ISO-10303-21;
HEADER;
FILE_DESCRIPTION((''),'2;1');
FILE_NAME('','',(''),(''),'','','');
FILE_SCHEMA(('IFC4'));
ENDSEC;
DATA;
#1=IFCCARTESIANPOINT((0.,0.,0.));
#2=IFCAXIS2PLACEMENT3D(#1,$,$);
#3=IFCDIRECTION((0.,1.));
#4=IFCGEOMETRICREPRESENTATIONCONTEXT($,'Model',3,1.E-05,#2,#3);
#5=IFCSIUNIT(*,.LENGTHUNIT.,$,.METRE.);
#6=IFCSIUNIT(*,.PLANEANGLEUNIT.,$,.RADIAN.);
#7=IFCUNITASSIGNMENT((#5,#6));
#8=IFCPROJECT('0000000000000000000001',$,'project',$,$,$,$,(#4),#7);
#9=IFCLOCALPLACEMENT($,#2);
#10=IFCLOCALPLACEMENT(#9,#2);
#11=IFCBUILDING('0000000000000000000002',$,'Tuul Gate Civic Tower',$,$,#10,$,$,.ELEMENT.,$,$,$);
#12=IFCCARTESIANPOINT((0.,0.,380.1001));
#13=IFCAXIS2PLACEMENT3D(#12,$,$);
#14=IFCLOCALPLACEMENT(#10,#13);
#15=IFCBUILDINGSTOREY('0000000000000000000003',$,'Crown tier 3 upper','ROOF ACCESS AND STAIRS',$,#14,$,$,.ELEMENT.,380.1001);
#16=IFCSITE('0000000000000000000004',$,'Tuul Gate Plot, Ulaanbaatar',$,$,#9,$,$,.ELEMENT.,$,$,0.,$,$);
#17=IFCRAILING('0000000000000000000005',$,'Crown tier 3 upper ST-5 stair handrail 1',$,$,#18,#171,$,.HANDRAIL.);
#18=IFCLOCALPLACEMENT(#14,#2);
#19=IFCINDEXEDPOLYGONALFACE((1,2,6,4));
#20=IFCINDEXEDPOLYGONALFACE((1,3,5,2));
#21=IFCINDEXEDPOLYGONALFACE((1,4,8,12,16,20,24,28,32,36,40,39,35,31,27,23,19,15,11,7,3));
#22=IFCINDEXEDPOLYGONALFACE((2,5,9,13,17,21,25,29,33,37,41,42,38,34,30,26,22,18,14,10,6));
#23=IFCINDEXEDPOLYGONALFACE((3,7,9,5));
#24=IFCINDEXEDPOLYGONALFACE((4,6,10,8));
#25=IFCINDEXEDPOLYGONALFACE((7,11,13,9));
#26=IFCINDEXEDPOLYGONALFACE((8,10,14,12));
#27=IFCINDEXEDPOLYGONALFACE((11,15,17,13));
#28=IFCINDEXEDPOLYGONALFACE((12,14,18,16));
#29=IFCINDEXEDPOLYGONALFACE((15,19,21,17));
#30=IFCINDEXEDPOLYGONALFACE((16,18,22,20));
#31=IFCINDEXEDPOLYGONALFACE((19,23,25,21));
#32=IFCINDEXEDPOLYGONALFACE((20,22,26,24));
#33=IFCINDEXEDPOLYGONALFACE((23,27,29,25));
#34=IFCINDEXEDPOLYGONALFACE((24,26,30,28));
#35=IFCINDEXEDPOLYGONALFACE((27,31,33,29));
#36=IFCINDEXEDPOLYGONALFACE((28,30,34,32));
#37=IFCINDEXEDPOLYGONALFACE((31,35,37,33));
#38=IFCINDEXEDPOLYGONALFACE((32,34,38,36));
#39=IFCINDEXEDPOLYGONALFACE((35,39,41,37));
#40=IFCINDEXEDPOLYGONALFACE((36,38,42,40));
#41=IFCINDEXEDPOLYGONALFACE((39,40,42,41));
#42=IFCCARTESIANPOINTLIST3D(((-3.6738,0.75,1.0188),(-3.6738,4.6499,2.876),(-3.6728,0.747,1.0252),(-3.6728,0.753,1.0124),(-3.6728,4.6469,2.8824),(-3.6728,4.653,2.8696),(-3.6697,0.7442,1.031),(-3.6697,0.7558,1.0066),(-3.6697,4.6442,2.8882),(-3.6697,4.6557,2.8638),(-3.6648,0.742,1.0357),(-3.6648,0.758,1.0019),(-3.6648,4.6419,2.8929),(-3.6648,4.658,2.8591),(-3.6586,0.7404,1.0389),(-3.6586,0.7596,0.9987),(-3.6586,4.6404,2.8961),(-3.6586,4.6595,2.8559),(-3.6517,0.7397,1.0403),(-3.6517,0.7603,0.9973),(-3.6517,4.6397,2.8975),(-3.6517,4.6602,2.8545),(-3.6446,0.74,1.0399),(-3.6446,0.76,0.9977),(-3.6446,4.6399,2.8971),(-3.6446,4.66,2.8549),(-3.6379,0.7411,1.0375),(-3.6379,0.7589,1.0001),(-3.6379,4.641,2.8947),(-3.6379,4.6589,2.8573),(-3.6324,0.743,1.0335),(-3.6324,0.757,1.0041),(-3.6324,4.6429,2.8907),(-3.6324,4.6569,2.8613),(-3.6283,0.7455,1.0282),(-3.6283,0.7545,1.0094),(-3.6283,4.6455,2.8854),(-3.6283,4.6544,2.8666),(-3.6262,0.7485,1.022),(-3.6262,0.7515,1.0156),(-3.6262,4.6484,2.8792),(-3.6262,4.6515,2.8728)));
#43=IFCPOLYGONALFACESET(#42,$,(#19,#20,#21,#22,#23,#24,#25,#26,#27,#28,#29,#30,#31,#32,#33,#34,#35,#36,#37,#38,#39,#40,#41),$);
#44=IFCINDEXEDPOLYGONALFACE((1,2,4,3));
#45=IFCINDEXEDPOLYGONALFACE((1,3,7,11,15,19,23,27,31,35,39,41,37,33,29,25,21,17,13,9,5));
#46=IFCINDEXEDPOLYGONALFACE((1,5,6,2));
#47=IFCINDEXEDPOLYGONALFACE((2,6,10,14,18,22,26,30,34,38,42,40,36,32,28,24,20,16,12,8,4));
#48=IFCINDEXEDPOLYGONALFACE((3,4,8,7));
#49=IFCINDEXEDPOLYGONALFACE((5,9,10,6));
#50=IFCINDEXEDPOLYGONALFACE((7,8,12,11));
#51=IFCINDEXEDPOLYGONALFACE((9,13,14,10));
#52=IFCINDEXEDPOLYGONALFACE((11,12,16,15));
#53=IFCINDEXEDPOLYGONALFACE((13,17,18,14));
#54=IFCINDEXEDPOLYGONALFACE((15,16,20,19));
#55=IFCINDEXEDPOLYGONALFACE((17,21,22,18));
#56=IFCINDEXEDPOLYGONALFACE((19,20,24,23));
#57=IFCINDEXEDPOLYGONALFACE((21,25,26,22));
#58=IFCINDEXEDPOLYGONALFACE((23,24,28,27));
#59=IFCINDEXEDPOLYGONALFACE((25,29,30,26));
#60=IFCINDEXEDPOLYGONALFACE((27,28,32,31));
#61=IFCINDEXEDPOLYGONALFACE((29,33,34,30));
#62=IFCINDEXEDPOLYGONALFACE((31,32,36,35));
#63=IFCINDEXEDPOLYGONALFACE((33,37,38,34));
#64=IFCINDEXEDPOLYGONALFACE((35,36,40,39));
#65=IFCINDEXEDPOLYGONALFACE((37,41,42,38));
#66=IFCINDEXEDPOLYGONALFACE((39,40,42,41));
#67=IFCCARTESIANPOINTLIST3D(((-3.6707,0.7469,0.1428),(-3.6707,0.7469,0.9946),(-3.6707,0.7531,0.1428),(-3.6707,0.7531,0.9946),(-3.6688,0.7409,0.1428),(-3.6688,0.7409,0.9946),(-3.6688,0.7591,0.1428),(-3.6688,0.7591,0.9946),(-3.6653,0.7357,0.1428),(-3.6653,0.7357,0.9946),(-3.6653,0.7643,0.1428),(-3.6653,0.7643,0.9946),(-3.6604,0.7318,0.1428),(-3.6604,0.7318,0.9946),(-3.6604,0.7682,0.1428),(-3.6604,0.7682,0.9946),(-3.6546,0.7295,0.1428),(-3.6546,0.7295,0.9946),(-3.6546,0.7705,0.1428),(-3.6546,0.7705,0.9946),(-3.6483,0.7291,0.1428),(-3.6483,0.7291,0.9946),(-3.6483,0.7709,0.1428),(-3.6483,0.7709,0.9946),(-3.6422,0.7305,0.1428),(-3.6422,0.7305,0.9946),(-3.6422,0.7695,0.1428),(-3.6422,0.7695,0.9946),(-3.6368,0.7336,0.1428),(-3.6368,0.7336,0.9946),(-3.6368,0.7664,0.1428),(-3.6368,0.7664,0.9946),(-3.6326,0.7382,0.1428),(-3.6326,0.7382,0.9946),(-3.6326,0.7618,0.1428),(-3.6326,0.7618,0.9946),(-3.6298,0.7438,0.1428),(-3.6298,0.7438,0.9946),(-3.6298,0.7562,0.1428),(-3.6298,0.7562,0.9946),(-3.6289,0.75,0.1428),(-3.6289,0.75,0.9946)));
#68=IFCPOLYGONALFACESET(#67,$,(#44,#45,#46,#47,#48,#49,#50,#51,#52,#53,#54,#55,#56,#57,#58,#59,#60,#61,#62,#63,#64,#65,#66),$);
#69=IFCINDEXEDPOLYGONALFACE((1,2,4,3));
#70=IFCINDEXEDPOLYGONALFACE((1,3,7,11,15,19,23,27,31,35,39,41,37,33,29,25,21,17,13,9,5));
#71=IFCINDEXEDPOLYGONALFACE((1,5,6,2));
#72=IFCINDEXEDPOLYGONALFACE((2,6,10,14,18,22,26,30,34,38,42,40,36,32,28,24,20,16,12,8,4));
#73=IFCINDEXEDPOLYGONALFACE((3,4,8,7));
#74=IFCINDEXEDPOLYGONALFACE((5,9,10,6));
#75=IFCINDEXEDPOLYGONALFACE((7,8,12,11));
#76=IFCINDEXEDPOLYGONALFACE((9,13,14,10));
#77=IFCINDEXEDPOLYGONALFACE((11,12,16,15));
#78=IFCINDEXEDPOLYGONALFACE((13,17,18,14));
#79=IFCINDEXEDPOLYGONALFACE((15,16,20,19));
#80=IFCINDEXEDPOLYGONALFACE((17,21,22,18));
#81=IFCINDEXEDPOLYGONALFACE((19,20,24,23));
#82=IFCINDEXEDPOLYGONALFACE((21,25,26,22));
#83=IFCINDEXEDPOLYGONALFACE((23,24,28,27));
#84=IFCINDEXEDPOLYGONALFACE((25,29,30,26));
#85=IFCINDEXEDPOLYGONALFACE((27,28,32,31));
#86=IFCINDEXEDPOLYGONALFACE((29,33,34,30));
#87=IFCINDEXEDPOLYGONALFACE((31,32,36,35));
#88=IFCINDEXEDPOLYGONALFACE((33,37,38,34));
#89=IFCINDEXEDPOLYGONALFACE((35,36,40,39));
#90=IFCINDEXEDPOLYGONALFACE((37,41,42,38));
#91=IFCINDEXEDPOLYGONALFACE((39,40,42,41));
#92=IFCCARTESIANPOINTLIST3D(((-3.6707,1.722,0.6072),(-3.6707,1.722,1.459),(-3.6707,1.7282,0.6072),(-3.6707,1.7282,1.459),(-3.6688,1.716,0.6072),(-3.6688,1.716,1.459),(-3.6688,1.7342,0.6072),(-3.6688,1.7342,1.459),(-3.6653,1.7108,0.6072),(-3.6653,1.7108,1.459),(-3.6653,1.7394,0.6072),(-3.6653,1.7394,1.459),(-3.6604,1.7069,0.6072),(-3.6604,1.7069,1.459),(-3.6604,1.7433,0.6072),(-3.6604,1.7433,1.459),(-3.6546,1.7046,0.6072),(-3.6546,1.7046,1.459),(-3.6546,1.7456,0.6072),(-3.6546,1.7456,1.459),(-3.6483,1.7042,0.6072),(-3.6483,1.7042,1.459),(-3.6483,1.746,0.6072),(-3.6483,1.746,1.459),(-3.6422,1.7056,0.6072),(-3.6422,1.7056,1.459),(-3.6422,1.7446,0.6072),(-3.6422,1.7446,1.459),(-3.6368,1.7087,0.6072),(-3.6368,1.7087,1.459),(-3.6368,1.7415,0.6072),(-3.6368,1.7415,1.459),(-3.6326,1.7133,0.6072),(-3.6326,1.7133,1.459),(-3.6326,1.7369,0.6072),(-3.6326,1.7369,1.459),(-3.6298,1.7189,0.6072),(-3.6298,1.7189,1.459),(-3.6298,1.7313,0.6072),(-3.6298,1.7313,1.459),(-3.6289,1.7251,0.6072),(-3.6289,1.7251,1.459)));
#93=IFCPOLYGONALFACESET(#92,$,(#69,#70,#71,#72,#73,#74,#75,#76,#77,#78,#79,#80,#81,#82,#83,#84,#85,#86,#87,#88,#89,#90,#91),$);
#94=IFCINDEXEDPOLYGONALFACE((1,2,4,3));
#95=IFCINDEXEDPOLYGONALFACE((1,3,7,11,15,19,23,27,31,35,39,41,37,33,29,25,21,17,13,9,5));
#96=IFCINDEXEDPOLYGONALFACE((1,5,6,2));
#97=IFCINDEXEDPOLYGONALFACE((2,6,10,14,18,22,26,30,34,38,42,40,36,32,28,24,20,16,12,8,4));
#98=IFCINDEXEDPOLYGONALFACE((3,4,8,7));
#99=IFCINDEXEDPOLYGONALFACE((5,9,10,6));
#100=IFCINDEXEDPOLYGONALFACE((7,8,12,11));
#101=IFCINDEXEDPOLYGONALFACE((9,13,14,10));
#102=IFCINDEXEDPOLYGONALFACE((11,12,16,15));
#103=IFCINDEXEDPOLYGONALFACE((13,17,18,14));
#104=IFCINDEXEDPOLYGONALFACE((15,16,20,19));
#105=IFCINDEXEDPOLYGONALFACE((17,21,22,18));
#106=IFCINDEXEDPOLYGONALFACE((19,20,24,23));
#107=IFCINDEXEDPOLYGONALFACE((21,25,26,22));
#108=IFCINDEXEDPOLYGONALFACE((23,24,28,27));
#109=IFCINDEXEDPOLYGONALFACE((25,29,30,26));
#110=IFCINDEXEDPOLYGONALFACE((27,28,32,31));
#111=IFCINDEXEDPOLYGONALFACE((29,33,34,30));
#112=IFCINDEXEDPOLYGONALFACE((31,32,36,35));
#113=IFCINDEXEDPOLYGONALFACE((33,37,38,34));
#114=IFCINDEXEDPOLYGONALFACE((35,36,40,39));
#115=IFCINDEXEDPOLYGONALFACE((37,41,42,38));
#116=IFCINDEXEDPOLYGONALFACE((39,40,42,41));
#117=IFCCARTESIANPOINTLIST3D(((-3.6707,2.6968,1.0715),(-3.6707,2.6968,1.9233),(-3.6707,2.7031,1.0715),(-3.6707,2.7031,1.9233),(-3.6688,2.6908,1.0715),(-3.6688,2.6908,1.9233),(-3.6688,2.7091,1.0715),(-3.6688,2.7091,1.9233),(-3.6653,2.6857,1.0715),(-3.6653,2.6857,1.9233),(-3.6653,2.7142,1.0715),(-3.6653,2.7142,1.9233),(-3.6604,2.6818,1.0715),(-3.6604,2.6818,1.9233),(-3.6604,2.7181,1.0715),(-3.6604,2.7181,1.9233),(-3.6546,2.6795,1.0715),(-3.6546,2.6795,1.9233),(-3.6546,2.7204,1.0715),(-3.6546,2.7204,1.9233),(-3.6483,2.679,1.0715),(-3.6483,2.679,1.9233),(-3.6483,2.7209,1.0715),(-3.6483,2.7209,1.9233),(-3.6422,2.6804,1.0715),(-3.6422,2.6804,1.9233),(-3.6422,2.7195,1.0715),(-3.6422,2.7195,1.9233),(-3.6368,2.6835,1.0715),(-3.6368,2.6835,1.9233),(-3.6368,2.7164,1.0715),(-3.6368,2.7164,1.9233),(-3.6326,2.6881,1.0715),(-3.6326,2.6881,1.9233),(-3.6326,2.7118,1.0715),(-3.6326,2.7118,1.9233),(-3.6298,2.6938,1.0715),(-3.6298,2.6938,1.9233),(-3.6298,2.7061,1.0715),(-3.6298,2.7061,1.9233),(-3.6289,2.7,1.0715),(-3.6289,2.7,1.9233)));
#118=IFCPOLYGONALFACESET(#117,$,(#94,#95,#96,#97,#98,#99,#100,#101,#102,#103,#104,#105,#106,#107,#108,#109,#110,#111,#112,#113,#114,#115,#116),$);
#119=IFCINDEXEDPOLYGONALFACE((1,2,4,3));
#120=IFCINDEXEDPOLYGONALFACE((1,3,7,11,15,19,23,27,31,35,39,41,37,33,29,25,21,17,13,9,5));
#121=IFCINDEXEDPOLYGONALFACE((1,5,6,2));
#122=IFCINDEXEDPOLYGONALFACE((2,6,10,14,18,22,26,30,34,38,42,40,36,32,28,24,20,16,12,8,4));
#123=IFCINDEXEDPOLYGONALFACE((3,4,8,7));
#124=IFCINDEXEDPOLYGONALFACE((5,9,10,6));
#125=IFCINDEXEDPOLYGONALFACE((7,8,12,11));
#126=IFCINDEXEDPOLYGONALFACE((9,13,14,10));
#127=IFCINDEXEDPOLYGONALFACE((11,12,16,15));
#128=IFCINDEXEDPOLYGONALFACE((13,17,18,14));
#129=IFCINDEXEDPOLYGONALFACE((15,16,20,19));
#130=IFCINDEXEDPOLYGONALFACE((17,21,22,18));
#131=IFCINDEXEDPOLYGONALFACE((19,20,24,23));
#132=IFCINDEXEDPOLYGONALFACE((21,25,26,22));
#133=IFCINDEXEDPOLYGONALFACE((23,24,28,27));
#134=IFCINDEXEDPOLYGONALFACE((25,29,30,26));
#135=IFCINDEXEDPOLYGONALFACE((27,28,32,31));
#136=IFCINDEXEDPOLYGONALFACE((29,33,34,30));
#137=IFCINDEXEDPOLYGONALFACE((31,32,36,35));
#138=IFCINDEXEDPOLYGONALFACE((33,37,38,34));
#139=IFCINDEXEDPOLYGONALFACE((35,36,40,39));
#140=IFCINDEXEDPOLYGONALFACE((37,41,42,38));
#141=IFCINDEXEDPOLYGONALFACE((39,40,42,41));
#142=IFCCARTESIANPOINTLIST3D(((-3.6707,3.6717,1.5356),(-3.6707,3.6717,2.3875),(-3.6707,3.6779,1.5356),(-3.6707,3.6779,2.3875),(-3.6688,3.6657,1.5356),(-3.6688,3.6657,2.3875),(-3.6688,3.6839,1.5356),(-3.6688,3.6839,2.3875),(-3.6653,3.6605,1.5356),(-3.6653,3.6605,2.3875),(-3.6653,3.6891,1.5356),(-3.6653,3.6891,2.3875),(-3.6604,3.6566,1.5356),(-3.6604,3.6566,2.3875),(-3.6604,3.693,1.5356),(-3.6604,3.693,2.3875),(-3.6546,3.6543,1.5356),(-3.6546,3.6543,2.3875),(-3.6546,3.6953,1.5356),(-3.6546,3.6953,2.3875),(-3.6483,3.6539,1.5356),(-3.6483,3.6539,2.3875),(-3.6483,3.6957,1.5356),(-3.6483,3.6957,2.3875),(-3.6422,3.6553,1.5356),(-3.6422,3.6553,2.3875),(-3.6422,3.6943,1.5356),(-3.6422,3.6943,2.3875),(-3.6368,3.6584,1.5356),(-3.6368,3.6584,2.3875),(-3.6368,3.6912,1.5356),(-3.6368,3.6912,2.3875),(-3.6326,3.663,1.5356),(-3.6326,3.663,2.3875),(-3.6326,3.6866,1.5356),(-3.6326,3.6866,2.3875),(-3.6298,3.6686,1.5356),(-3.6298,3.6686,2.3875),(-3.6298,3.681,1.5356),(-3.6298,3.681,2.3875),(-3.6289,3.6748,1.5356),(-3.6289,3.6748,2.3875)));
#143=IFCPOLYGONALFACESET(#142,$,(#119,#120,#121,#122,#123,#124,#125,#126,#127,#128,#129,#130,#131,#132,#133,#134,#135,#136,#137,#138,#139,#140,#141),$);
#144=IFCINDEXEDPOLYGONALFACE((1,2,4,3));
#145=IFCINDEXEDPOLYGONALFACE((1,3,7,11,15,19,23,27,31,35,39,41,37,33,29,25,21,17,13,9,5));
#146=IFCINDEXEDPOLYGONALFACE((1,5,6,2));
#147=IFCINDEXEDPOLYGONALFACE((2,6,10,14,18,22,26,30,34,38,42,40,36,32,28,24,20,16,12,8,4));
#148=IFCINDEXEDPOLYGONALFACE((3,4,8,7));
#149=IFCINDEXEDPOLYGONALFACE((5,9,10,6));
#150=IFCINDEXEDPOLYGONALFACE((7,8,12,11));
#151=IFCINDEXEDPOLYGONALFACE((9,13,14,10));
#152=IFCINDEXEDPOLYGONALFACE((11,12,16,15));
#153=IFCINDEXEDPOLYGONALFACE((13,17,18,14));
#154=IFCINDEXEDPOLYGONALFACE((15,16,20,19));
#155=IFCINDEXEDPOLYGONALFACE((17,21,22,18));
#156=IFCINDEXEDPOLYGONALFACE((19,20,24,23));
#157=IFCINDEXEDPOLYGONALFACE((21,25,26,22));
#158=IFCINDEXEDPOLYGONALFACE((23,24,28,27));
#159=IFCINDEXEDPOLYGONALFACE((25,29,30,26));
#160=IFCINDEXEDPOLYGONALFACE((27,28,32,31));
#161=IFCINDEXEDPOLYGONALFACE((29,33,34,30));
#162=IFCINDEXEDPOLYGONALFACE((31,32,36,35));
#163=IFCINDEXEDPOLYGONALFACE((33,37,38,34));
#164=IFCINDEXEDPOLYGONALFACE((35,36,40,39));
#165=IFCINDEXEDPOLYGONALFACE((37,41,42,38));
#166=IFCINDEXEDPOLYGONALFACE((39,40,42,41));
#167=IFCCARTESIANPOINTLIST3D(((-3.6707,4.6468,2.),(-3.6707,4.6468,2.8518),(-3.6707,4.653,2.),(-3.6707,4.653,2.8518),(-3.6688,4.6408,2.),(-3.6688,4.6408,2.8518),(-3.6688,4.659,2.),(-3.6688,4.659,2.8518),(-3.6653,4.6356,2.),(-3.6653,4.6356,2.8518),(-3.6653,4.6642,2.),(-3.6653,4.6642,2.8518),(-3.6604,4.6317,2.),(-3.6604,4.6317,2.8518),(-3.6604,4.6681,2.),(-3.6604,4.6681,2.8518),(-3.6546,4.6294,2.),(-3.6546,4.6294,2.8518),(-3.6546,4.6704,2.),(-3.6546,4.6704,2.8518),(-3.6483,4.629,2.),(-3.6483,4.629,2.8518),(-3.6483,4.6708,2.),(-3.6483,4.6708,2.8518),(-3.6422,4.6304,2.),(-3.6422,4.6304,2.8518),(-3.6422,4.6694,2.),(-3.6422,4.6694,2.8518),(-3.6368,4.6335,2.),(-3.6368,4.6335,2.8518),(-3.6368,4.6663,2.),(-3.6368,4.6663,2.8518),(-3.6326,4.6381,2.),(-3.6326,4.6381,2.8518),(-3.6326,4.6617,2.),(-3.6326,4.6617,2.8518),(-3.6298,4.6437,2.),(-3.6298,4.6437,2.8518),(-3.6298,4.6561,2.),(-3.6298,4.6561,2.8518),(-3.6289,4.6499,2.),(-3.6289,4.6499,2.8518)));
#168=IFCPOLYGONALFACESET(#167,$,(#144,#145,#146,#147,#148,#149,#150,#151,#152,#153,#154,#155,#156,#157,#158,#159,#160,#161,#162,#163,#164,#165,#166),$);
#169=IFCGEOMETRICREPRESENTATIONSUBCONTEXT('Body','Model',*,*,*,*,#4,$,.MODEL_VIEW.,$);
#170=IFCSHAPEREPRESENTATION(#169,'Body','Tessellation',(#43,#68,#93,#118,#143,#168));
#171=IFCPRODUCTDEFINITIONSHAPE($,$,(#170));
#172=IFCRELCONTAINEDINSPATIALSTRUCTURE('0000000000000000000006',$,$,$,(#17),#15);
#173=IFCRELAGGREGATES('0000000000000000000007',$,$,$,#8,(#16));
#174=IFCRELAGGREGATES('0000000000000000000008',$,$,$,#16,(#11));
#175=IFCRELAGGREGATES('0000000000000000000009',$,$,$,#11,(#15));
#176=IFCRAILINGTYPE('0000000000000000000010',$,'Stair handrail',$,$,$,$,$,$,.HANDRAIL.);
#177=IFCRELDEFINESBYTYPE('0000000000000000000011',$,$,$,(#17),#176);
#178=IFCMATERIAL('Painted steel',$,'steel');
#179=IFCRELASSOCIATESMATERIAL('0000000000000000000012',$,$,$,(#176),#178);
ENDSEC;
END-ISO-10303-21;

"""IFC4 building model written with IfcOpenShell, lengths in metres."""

from ifc_helpers import new_model, si_unit, direction, frame, origin, origin_2d, place, context, subcontext, project, spatial, circle, extrude, material, type_object, element, save


model = new_model("IFC4")

# Units and contexts
model_context = context("Model", 3, precision=1e-05, world=origin(), true_north=direction((0.0, 1.0)))
body_context = subcontext(model_context, "Body", "Model", "MODEL_VIEW")
ifc_project = project(units=[si_unit("LENGTHUNIT", "METRE"), si_unit("PLANEANGLEUNIT", "RADIAN")], contexts=[model_context])

# Site, building, storey
site_placement = place(None, origin())
site = spatial("IfcSite", under=ifc_project, at=site_placement, Name="Tuul Gate Plot, Ulaanbaatar", CompositionType="ELEMENT", RefElevation=0.0)
building_placement = place(site_placement, origin())
building = spatial("IfcBuilding", under=site, at=building_placement, Name="Tuul Gate Civic Tower", CompositionType="ELEMENT")
storey_placement = place(building_placement, frame((0.0, 0.0, 380.1001)))
storey = spatial("IfcBuildingStorey", under=building, at=storey_placement, Name="Crown tier 3 upper", Description="ROOF ACCESS AND STAIRS", CompositionType="ELEMENT", Elevation=380.1001)

# Railing
ifc_material_1 = material(Name="Painted steel", Category="steel")
railing_type_1 = type_object("IfcRailingType", Name="Stair handrail", PredefinedType="HANDRAIL", material=ifc_material_1)
for number, where, name in (
    (1, (-3.6499, 0.75, 0.1428), "Crown tier 3 upper ST-5 stair handrail 1"),
):
    element("IfcRailing", number, at=place(storey_placement, frame(where)), inside=storey, type_object=railing_type_1, Name=name, PredefinedType="HANDRAIL", context=body_context, shape_type="SweptSolid", body=[
        extrude(circle(Radius=0.0239, at=origin_2d()), frame((0.0, 0.0, 0.876), z_axis=(0.0, 0.902853, 0.429949), x_axis=(-1.0, 0.0, 0.0)), (0.0, 0.0, 1.0), 4.3196),
        extrude(circle(Radius=0.021, at=origin_2d()), origin(), (0.0, 0.0, 1.0), 0.8518),
        extrude(circle(Radius=0.021, at=origin_2d()), frame((0.0, 0.9751, 0.4644)), (0.0, 0.0, 1.0), 0.8518),
        extrude(circle(Radius=0.021, at=origin_2d()), frame((0.0, 1.95, 0.9287)), (0.0, 0.0, 1.0), 0.8518),
        extrude(circle(Radius=0.021, at=origin_2d()), frame((0.0, 2.9248, 1.3928)), (0.0, 0.0, 1.0), 0.8518),
        extrude(circle(Radius=0.021, at=origin_2d()), frame((0.0, 3.8999, 1.8572)), (0.0, 0.0, 1.0), 0.8518),
    ])

save(model, "model.ifc")
